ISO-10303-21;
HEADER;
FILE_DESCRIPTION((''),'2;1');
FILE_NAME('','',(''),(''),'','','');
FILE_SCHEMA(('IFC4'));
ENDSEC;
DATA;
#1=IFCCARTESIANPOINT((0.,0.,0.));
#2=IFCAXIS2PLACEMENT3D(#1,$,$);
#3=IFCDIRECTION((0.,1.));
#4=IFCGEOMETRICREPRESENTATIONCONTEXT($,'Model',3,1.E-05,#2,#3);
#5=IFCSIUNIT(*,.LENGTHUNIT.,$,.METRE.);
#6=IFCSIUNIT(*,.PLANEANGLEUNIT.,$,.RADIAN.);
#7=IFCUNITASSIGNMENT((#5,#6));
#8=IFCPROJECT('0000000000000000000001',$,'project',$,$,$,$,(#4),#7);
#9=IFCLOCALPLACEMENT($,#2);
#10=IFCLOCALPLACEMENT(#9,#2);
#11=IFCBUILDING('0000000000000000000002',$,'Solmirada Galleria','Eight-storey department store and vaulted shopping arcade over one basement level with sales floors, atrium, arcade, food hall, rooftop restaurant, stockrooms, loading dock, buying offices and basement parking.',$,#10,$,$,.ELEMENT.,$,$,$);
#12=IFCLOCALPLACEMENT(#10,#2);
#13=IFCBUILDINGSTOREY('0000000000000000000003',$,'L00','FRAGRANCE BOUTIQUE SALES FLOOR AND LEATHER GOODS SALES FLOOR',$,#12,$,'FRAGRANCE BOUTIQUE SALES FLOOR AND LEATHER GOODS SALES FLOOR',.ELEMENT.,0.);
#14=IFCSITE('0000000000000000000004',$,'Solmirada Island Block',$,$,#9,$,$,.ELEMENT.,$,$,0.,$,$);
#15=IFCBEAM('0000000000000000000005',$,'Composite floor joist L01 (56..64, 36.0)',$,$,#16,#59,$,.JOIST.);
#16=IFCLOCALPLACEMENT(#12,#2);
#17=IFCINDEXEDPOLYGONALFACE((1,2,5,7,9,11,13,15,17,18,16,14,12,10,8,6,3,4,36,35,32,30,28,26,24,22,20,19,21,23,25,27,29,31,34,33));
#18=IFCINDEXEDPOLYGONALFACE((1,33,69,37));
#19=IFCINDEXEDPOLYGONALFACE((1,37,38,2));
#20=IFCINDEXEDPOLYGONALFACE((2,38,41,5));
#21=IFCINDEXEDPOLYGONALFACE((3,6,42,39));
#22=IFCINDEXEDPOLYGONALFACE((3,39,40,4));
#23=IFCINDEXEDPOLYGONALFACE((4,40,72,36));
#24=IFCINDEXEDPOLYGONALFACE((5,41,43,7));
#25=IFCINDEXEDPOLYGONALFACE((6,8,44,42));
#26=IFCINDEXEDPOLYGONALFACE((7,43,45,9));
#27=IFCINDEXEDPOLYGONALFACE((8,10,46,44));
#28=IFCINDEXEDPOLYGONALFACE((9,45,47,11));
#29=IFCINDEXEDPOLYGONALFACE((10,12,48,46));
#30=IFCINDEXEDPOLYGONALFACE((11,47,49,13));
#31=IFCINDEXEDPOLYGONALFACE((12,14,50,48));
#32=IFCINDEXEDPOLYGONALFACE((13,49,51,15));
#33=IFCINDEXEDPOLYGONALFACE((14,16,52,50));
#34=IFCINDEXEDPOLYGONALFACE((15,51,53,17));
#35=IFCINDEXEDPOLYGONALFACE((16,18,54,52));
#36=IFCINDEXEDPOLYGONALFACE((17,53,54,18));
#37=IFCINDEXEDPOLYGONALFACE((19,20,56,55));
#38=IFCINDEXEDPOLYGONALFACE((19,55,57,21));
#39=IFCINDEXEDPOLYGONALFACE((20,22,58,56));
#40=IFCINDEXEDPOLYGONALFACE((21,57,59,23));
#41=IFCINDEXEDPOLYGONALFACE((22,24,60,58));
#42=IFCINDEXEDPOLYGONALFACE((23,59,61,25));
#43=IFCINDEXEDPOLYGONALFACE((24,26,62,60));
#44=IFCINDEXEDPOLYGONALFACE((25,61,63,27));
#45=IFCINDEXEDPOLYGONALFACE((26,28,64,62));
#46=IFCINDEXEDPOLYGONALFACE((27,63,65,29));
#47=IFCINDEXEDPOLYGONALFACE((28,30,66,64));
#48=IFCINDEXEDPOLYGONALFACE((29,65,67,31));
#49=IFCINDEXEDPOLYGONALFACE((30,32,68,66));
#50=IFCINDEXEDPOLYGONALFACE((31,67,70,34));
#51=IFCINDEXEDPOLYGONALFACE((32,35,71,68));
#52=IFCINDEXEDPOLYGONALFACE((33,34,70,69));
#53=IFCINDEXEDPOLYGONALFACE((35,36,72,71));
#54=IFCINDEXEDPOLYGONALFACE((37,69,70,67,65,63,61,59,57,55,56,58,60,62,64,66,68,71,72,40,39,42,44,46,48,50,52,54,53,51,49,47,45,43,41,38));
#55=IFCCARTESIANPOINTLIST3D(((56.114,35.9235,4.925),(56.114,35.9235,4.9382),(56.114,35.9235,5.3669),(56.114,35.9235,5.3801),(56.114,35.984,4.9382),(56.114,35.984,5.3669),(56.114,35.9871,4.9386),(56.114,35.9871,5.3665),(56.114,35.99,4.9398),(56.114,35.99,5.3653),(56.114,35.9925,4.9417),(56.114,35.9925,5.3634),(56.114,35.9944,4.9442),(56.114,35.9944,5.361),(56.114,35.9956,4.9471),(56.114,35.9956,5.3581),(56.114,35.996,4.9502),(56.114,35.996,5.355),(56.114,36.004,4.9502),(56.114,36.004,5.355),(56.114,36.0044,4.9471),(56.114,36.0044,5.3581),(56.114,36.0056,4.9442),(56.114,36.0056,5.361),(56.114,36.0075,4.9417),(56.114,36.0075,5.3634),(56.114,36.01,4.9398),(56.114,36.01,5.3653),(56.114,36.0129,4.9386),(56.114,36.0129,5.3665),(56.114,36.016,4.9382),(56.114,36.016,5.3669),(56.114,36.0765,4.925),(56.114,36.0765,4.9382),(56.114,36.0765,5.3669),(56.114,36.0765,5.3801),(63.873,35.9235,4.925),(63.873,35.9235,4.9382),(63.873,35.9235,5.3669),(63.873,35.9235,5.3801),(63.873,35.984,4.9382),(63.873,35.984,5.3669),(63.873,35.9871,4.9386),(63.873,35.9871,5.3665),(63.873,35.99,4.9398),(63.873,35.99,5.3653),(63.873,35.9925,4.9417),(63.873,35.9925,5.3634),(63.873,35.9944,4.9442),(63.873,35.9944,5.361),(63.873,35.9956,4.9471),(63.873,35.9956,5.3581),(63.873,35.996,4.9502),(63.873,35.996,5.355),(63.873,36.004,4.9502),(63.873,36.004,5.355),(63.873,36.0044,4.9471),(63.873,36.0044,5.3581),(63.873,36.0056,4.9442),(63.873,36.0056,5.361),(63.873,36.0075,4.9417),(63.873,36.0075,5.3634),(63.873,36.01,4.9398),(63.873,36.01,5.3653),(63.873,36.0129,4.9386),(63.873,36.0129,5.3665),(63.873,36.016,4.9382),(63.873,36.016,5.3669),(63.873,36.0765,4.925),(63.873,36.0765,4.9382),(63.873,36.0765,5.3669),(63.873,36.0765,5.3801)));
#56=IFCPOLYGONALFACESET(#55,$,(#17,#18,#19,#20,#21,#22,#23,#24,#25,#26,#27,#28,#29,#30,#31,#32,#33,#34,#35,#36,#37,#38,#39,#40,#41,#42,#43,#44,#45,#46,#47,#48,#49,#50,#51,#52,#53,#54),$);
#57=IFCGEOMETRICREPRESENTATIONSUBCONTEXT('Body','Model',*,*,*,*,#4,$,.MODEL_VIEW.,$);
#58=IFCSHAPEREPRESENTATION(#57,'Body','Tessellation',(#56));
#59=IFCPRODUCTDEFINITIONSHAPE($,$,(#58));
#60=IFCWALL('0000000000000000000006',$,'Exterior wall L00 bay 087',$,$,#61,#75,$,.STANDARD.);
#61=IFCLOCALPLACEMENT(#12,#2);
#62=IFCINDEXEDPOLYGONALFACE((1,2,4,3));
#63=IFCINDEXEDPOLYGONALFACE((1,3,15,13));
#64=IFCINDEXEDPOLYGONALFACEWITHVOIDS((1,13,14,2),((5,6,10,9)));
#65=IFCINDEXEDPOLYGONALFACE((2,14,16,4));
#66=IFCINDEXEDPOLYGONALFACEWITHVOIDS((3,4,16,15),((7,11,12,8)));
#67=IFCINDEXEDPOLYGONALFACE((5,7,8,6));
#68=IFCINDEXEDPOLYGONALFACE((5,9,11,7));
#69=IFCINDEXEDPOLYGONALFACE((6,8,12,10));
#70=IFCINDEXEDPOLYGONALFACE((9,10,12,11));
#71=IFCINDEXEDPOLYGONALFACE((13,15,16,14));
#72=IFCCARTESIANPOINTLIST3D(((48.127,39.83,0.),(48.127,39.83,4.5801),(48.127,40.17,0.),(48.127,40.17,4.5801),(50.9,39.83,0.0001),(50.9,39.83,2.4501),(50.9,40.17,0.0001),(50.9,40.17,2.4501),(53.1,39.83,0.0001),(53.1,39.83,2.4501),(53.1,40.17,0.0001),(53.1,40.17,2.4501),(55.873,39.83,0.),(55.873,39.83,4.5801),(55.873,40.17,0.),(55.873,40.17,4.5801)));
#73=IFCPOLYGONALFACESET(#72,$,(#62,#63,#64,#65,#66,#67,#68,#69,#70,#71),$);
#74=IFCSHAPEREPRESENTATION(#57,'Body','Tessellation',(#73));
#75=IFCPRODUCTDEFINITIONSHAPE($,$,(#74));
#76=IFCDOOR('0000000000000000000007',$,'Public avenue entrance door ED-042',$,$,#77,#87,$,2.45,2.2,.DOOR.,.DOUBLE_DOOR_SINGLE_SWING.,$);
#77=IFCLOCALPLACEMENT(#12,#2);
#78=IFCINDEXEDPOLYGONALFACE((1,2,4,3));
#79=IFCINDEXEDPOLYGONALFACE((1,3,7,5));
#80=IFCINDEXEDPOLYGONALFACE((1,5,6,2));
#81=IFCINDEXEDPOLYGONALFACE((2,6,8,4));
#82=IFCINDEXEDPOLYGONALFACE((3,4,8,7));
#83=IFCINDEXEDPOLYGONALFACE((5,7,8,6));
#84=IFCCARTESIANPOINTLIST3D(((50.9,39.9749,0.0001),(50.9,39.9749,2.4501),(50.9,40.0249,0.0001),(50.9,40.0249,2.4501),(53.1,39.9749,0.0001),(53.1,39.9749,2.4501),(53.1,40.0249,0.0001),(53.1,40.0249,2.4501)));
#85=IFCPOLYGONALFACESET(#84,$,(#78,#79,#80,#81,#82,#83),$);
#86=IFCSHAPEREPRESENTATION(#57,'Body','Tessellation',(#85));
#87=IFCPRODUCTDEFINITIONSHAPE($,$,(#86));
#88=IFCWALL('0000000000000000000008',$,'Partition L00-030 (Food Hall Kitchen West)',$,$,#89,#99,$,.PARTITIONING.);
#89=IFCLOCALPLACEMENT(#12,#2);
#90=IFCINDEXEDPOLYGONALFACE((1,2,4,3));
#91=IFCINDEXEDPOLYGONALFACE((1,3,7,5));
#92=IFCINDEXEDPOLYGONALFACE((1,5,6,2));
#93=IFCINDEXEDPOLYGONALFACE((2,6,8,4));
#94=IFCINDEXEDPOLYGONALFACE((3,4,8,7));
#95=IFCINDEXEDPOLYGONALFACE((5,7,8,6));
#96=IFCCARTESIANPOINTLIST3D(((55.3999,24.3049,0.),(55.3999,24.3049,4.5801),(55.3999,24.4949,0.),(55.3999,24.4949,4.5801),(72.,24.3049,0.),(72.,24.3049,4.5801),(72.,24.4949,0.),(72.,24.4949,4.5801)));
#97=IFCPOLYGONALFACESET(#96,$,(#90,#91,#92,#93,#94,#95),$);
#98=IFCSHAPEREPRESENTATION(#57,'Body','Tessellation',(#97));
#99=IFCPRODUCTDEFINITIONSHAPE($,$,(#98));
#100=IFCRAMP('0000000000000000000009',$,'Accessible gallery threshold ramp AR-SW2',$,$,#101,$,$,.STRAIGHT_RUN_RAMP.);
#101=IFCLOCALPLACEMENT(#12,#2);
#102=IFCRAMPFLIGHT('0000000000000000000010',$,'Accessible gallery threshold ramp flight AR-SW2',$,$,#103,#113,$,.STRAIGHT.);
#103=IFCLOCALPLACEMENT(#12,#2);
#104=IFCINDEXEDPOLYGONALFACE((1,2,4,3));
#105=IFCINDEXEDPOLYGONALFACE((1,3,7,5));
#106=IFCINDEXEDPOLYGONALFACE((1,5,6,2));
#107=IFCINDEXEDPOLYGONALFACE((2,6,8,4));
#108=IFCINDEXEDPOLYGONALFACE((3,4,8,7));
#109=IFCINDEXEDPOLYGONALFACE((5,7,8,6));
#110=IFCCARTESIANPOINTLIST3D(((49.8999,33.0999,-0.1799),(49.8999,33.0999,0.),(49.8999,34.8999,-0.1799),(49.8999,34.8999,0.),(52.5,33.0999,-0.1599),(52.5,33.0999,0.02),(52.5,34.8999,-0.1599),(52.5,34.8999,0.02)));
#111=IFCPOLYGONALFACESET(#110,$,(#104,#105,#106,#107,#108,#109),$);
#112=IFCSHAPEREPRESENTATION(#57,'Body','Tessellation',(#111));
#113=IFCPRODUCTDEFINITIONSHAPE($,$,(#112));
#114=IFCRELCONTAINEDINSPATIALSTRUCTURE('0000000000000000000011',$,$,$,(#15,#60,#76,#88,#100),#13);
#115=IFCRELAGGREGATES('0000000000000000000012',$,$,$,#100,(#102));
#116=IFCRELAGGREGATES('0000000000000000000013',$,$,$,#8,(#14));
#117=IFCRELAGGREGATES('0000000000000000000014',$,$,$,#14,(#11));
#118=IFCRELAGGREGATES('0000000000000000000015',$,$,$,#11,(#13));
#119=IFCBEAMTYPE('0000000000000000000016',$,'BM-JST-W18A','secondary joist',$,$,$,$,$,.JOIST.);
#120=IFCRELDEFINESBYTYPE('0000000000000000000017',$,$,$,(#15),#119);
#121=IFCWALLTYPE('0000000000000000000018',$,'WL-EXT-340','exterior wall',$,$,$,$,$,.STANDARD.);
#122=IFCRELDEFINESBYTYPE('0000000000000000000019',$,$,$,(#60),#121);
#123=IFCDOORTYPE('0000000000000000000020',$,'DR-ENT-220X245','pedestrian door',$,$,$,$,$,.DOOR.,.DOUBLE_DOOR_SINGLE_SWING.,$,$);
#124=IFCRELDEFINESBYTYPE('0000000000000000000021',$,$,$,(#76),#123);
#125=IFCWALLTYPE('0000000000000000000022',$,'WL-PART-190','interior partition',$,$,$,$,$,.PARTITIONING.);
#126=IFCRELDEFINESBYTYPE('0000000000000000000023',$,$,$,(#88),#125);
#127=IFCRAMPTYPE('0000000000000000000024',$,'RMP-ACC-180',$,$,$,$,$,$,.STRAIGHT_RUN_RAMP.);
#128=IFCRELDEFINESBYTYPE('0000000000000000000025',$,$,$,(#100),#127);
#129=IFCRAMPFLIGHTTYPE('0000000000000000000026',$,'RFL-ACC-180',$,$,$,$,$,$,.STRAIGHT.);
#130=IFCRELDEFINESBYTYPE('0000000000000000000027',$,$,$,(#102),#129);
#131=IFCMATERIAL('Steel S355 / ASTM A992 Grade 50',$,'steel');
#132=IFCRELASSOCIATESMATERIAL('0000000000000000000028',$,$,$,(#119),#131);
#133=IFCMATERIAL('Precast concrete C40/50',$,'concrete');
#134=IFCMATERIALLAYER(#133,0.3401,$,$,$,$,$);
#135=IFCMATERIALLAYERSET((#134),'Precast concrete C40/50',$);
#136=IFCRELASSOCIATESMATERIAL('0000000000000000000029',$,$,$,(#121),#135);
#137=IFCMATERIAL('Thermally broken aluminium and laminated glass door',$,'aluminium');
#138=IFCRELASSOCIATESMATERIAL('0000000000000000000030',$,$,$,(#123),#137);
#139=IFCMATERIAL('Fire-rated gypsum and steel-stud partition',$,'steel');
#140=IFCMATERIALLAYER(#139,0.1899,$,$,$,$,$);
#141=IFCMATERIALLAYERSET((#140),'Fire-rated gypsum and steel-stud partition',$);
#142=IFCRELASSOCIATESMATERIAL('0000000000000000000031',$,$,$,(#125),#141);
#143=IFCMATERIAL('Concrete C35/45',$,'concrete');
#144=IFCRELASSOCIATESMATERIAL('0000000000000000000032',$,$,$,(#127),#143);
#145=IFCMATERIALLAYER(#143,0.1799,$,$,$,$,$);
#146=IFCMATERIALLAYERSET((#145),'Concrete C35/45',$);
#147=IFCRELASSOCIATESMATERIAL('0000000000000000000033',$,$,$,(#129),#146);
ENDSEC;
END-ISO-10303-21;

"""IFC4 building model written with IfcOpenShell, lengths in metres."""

from ifc_helpers import new_model, si_unit, direction, frame, frame_2d, origin, origin_2d, place, context, subcontext, project, spatial, polyline, rectangle, i_section, outline, extrude, material, layer, layer_set, material_profile, profile_set, type_object, element, fill, aggregate, save


model = new_model("IFC4")

# Units and contexts
model_context = context("Model", 3, precision=1e-05, world=origin(), true_north=direction((0.0, 1.0)))
body_context = subcontext(model_context, "Body", "Model", "MODEL_VIEW")
ifc_project = project(units=[si_unit("LENGTHUNIT", "METRE"), si_unit("PLANEANGLEUNIT", "RADIAN")], contexts=[model_context])

# Site, building, storey
site_placement = place(None, origin())
site = spatial("IfcSite", under=ifc_project, at=site_placement, Name="Solmirada Island Block", CompositionType="ELEMENT", RefElevation=0.0)
building_placement = place(site_placement, origin())
building = spatial("IfcBuilding", under=site, at=building_placement, Name="Solmirada Galleria", Description="Eight-storey department store and vaulted shopping arcade over one basement level with sales floors, atrium, arcade, food hall, rooftop restaurant, stockrooms, loading dock, buying offices and basement parking.", CompositionType="ELEMENT")
storey_placement = place(building_placement, origin())
storey = spatial("IfcBuildingStorey", under=building, at=storey_placement, Name="L00", Description="FRAGRANCE BOUTIQUE SALES FLOOR AND LEATHER GOODS SALES FLOOR", LongName="FRAGRANCE BOUTIQUE SALES FLOOR AND LEATHER GOODS SALES FLOOR", CompositionType="ELEMENT", Elevation=0.0)

# Beam
ifc_material_1 = material(Name="Steel S355 / ASTM A992 Grade 50", Category="steel")
ifc_material_profile_1 = material_profile(ifc_material_1, i_section(OverallWidth=0.1531, OverallDepth=0.4551, WebThickness=0.0081, FlangeThickness=0.0132, FilletRadius=0.012, at=origin_2d()), Name="W18X40")
ifc_profile_set_1 = profile_set([ifc_material_profile_1], Name="Steel S355 / ASTM A992 Grade 50")
beam_type_1 = type_object("IfcBeamType", Name="BM-JST-W18A", Description="secondary joist", PredefinedType="JOIST", material=ifc_profile_set_1)
beam_1_placement = place(storey_placement, frame((56.114, 36.0, 5.1526), z_axis=(1.0, 0.0, 0.0), x_axis=(0.0, 1.0, 0.0)))
element("IfcBeam", 1, at=beam_1_placement, inside=storey, type_object=beam_type_1, Name="Composite floor joist L01 (56..64, 36.0)", PredefinedType="JOIST", context=body_context, shape_type="SweptSolid", body=[
    extrude(i_section(OverallWidth=0.1531, OverallDepth=0.4551, WebThickness=0.0081, FlangeThickness=0.0132, FilletRadius=0.012, at=origin_2d()), origin(), (0.0, 0.0, 1.0), 7.759),
])

# Wall, opening, door
ifc_material_2 = material(Name="Precast concrete C40/50", Category="concrete")
ifc_layer_1 = layer(ifc_material_2, 0.3401)
ifc_layer_set_1 = layer_set([ifc_layer_1], Name="Precast concrete C40/50")
wall_type_1 = type_object("IfcWallType", Name="WL-EXT-340", Description="exterior wall", PredefinedType="STANDARD", material=ifc_layer_set_1)
wall_1_placement = place(storey_placement, frame((48.127, 40.0, 0.0), z_axis=(0.0, 0.0, 1.0), x_axis=(1.0, 0.0, 0.0)))
wall_1 = element("IfcWall", 2, at=wall_1_placement, inside=storey, type_object=wall_type_1, Name="Exterior wall L00 bay 087", PredefinedType="STANDARD", context=body_context, shape_type="SweptSolid", body=[
    extrude(rectangle(XDim=7.7461, YDim=0.3401, at=frame_2d((3.873, 0.0))), origin(), (0.0, 0.0, 1.0), 4.5801),
])
opening_placement = place(wall_1_placement, frame((2.7729, 0.0, 0.0)))
opening = element("IfcOpeningElement", 3, at=opening_placement, cuts=wall_1, PredefinedType="OPENING", context=body_context, shape_type="SweptSolid", body=[
    extrude(rectangle(XDim=2.2, YDim=2.45, at=frame_2d((1.1001, 1.2251))), frame((0.0, 0.1799, 0.0), z_axis=(0.0, -1.0, 0.0), x_axis=(1.0, 0.0, 0.0)), (0.0, 0.0, 1.0), 0.3601),
])
ifc_material_3 = material(Name="Thermally broken aluminium and laminated glass door", Category="aluminium")
door_type = type_object("IfcDoorType", Name="DR-ENT-220X245", Description="pedestrian door", OperationType="DOUBLE_DOOR_SINGLE_SWING", PredefinedType="DOOR", material=ifc_material_3)
door_placement = place(opening_placement, origin())
door = element("IfcDoor", 4, at=door_placement, inside=storey, type_object=door_type, Name="Public avenue entrance door ED-042", OperationType="DOUBLE_DOOR_SINGLE_SWING", OverallHeight=2.45, OverallWidth=2.2, PredefinedType="DOOR", context=body_context, shape_type="SweptSolid", body=[
    extrude(rectangle(XDim=2.2, YDim=2.45, at=frame_2d((1.1001, 1.2251))), frame((0.0, 0.0249, 0.0), z_axis=(0.0, -1.0, 0.0), x_axis=(1.0, 0.0, 0.0)), (0.0, 0.0, 1.0), 0.05),
])
fill(opening, door)

# Wall
ifc_material_4 = material(Name="Fire-rated gypsum and steel-stud partition", Category="steel")
ifc_layer_2 = layer(ifc_material_4, 0.1899)
ifc_layer_set_2 = layer_set([ifc_layer_2], Name="Fire-rated gypsum and steel-stud partition")
wall_type_2 = type_object("IfcWallType", Name="WL-PART-190", Description="interior partition", PredefinedType="PARTITIONING", material=ifc_layer_set_2)
wall_2_placement = place(storey_placement, frame((55.3999, 24.3999, 0.0), z_axis=(0.0, 0.0, 1.0), x_axis=(1.0, 0.0, 0.0)))
element("IfcWall", 5, at=wall_2_placement, inside=storey, type_object=wall_type_2, Name="Partition L00-030 (Food Hall Kitchen West)", PredefinedType="PARTITIONING", context=body_context, shape_type="SweptSolid", body=[
    extrude(rectangle(XDim=16.6001, YDim=0.1899, at=frame_2d((8.3, 0.0))), origin(), (0.0, 0.0, 1.0), 4.5801),
])

# Ramp, ramp flight
ifc_material_5 = material(Name="Concrete C35/45", Category="concrete")
ramp_type = type_object("IfcRampType", Name="RMP-ACC-180", PredefinedType="STRAIGHT_RUN_RAMP", material=ifc_material_5)
ramp_placement = place(storey_placement, origin())
ramp = element("IfcRamp", 6, at=ramp_placement, inside=storey, type_object=ramp_type, Name="Accessible gallery threshold ramp AR-SW2", PredefinedType="STRAIGHT_RUN_RAMP")
ifc_layer_3 = layer(ifc_material_5, 0.1799)
ifc_layer_set_3 = layer_set([ifc_layer_3], Name="Concrete C35/45")
ramp_flight_type = type_object("IfcRampFlightType", Name="RFL-ACC-180", PredefinedType="STRAIGHT", material=ifc_layer_set_3)
ramp_flight_placement = place(storey_placement, frame((50.0, 34.0, 0.0), z_axis=(0.0, 0.0, 1.0), x_axis=(1.0, 0.0, 0.0)))
ramp_flight = element("IfcRampFlight", 7, at=ramp_flight_placement, type_object=ramp_flight_type, Name="Accessible gallery threshold ramp flight AR-SW2", PredefinedType="STRAIGHT", context=body_context, shape_type="SweptSolid", body=[
    extrude(outline(polyline([(-0.1001, 0.0), (2.5, 0.02), (2.5, -0.1599), (-0.1001, -0.1799), (-0.1001, 0.0)])), frame((0.0, 0.8999, 0.0), z_axis=(0.0, -1.0, 0.0), x_axis=(1.0, 0.0, 0.0)), (0.0, 0.0, 1.0), 1.8),
])
aggregate(ramp, [ramp_flight])

save(model, "model.ifc")
